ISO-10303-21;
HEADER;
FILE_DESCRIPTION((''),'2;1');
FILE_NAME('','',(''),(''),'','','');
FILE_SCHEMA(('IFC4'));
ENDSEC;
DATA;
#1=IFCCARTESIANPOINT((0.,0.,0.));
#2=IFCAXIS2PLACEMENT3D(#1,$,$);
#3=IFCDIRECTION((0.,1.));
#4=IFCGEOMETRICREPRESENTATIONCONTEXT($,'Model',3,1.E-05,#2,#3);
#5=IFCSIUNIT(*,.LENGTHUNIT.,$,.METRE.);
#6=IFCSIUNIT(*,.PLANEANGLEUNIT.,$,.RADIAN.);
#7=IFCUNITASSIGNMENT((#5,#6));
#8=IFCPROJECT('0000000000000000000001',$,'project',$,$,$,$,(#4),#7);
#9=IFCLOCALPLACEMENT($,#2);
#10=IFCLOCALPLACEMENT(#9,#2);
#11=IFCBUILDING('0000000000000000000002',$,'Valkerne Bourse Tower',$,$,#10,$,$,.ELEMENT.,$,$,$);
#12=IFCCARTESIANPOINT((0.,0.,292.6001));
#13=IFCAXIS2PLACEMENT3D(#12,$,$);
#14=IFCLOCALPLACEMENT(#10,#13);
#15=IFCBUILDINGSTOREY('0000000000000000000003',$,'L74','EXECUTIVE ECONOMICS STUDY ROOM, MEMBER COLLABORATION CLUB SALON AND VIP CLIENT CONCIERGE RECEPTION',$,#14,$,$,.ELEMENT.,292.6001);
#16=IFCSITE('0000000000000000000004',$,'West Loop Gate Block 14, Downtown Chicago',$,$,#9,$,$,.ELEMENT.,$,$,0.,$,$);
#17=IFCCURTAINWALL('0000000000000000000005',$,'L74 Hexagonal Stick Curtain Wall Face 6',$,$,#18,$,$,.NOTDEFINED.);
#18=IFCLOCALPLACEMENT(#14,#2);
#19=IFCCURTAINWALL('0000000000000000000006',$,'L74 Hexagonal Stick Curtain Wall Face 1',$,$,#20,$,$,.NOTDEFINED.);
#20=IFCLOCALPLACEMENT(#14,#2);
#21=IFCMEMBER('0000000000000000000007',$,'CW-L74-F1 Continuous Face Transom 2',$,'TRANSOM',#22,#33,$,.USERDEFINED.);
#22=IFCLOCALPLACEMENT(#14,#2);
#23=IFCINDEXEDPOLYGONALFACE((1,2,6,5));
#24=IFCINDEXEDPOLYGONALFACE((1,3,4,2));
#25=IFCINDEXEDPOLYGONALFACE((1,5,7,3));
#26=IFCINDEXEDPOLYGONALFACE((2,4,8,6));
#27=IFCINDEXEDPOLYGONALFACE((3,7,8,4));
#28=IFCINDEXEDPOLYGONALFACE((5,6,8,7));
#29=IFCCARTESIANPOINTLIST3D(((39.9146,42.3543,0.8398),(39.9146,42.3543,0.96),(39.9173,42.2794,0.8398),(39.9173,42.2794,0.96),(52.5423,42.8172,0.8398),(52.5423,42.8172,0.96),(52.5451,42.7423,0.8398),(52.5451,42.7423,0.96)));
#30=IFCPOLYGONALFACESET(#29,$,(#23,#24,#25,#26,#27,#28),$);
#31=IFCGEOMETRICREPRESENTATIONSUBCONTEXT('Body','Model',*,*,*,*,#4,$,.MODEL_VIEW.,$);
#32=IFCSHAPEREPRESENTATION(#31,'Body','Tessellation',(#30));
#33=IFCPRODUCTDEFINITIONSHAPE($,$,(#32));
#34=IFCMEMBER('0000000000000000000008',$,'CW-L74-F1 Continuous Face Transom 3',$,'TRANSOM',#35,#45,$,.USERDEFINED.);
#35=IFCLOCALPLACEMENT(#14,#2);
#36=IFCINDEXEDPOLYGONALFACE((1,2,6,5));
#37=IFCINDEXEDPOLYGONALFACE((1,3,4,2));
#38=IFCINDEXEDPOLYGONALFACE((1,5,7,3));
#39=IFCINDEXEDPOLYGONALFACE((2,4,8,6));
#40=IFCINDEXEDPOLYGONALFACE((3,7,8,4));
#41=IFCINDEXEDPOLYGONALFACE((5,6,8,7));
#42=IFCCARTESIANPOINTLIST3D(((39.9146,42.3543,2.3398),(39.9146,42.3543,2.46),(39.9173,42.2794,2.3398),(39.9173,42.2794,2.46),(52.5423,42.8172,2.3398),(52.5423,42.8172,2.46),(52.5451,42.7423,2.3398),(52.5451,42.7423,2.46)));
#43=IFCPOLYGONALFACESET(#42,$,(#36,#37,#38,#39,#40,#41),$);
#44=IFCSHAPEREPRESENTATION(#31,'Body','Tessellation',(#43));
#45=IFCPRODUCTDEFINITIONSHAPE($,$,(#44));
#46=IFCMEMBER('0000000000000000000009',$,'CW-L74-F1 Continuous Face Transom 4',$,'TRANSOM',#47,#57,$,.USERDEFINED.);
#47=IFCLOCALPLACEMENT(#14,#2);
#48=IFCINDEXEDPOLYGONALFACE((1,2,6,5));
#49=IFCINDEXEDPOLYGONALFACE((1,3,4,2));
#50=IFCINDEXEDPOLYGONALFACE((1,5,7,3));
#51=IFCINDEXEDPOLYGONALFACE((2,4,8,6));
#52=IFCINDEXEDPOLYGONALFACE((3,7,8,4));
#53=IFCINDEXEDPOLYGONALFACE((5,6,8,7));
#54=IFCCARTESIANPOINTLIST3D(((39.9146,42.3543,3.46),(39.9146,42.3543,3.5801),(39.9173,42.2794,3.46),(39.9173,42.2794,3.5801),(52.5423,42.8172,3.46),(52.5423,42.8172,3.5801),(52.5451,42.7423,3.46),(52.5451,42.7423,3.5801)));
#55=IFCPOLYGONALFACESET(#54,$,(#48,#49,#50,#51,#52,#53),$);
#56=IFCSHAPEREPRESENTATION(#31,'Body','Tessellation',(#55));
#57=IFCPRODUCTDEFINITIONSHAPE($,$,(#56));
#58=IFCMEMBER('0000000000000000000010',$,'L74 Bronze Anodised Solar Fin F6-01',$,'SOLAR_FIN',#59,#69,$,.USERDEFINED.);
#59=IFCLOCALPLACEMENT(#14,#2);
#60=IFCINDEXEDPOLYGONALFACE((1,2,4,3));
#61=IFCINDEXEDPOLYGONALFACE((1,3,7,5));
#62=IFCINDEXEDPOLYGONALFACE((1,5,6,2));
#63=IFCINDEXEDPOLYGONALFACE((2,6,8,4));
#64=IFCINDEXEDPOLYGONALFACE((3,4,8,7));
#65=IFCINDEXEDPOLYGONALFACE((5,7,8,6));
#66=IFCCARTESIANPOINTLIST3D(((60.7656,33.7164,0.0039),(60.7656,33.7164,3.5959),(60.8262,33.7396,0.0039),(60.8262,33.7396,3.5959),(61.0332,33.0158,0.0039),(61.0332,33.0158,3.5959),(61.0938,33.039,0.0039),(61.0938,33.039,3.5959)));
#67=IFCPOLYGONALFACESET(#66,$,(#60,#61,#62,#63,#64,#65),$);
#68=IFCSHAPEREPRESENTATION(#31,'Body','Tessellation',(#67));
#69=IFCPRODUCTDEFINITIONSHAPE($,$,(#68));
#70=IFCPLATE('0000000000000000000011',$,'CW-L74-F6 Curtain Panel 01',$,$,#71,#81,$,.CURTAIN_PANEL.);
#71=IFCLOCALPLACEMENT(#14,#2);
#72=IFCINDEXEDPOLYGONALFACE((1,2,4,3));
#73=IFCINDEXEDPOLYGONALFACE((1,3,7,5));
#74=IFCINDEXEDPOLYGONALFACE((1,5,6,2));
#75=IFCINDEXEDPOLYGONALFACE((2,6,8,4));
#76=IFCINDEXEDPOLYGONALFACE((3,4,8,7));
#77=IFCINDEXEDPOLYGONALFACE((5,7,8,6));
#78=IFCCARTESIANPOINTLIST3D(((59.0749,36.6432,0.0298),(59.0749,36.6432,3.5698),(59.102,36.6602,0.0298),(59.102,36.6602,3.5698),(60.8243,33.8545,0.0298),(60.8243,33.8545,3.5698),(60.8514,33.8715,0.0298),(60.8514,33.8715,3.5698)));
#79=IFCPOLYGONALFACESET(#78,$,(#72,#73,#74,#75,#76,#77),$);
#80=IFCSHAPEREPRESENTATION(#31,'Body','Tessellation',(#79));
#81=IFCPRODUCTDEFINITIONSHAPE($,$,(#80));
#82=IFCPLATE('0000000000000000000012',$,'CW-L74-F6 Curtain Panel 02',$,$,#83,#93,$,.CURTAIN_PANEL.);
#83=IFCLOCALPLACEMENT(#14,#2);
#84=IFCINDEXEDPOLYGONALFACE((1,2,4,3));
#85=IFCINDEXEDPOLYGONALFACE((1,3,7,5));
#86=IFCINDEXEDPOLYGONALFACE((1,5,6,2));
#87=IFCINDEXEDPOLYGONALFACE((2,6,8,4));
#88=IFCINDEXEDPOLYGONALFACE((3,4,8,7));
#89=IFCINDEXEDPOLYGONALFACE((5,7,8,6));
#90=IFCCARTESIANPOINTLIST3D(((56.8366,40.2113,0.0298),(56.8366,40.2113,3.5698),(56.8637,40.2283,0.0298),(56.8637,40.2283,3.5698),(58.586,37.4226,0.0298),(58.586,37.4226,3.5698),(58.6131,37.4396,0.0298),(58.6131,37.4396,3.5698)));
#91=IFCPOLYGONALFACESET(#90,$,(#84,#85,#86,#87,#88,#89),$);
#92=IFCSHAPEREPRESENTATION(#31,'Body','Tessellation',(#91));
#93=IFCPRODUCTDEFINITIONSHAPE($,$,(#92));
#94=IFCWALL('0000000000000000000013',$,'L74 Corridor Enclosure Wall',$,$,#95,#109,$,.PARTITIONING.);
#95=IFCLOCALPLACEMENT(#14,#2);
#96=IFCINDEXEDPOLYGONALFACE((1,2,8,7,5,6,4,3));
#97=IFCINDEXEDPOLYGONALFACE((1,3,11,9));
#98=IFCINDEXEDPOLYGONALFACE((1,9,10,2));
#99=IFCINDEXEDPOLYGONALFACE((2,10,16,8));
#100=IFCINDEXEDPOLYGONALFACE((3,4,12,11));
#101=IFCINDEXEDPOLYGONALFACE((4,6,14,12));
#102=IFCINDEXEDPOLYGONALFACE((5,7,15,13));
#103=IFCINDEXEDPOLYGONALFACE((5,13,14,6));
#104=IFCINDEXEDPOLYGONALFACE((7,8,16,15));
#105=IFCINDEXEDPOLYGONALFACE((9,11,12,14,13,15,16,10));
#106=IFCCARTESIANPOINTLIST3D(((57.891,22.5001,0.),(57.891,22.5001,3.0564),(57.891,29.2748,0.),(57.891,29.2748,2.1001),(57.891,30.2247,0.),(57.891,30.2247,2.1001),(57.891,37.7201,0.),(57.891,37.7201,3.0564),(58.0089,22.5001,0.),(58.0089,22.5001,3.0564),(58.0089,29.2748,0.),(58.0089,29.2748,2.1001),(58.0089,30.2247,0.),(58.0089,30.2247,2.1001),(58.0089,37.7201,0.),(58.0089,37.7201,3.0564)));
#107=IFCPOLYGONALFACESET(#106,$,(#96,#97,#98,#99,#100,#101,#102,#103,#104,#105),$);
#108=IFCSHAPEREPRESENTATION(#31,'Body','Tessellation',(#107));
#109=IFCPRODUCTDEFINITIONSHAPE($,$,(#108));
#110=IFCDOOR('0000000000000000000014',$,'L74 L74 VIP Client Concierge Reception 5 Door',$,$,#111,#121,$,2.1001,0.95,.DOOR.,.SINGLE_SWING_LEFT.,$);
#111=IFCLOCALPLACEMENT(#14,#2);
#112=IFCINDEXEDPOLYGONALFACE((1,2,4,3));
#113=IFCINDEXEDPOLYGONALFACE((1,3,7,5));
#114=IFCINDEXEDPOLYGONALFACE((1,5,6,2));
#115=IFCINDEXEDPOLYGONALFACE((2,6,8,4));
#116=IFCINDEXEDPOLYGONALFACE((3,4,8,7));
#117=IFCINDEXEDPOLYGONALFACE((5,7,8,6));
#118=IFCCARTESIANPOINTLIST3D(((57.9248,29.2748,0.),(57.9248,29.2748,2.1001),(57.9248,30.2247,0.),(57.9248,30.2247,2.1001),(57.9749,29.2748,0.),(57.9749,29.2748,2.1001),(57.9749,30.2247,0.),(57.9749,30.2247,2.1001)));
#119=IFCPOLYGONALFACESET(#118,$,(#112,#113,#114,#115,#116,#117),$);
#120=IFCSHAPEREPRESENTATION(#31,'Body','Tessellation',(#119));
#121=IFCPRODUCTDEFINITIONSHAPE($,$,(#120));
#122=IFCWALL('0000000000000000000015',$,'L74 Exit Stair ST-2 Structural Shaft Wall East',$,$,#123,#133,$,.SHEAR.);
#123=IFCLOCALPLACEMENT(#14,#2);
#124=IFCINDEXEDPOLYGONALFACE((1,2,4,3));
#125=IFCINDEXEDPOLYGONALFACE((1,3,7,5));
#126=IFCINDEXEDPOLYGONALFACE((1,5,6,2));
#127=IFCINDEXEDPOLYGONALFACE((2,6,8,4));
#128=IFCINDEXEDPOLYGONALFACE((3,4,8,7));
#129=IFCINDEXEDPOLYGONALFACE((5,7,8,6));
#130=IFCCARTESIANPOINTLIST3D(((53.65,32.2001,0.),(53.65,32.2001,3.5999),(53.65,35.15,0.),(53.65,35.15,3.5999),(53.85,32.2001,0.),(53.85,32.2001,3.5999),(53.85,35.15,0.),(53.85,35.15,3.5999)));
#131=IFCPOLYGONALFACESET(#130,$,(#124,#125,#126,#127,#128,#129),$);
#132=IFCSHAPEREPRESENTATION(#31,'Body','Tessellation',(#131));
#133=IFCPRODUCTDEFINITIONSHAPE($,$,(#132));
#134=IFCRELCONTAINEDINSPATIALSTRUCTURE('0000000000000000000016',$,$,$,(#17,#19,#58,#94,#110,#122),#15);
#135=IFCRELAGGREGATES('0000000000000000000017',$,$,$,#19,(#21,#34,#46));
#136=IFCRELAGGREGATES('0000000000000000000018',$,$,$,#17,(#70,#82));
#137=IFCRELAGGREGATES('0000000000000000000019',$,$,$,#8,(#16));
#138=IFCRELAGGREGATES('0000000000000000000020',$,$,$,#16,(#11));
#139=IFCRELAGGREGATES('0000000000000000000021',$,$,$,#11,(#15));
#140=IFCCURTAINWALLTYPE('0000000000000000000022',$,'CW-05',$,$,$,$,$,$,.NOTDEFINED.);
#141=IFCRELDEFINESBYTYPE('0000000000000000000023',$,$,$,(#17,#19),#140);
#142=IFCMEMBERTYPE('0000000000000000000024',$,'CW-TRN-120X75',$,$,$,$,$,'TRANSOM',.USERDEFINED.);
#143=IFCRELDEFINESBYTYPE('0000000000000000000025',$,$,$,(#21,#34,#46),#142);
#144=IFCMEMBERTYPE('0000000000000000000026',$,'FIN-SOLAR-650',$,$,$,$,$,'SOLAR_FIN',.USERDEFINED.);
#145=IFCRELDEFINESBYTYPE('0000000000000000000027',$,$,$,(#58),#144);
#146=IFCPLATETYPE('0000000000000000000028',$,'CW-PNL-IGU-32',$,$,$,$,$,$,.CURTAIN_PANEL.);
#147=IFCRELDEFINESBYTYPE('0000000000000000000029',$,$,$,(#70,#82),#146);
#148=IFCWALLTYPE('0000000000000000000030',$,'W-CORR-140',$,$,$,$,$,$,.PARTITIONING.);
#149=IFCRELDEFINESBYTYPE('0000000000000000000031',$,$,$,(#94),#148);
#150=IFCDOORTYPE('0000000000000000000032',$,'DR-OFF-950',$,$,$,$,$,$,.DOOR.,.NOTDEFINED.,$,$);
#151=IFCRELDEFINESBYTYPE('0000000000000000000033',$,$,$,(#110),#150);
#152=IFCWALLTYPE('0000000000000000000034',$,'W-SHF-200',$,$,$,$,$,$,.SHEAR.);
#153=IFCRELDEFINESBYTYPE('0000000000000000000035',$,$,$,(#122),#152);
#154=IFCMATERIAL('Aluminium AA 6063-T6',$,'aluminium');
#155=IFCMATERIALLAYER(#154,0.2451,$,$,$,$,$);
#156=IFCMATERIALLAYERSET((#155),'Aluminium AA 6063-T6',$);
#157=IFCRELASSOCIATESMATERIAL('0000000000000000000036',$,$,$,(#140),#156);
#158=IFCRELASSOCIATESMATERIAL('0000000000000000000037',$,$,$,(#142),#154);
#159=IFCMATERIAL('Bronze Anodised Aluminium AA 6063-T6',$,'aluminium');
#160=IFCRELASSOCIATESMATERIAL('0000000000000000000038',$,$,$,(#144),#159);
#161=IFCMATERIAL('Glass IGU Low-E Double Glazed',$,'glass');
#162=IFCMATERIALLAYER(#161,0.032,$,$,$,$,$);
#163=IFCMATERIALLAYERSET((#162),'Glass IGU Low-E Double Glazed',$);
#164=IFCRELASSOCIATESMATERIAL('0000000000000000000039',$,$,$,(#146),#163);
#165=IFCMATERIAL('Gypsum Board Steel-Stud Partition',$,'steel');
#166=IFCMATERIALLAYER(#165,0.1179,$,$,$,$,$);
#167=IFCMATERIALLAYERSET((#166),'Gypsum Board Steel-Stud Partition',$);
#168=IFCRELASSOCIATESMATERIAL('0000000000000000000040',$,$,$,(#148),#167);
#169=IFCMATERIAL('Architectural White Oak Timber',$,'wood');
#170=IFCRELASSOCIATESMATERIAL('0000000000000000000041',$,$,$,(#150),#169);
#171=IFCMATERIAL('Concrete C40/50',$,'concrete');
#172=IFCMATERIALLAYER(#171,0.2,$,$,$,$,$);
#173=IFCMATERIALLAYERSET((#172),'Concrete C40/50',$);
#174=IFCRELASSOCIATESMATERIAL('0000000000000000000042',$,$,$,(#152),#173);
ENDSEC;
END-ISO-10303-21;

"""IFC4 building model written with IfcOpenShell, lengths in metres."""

from ifc_helpers import new_model, si_unit, direction, frame, frame_2d, origin, origin_2d, place, context, subcontext, project, spatial, rectangle, extrude, material, layer, layer_set, material_profile, profile_set, type_object, element, fill, aggregate, save


model = new_model("IFC4")

# Units and contexts
model_context = context("Model", 3, precision=1e-05, world=origin(), true_north=direction((0.0, 1.0)))
body_context = subcontext(model_context, "Body", "Model", "MODEL_VIEW")
ifc_project = project(units=[si_unit("LENGTHUNIT", "METRE"), si_unit("PLANEANGLEUNIT", "RADIAN")], contexts=[model_context])

# Site, building, storey
site_placement = place(None, origin())
site = spatial("IfcSite", under=ifc_project, at=site_placement, Name="West Loop Gate Block 14, Downtown Chicago", CompositionType="ELEMENT", RefElevation=0.0)
building_placement = place(site_placement, origin())
building = spatial("IfcBuilding", under=site, at=building_placement, Name="Valkerne Bourse Tower", CompositionType="ELEMENT")
storey_placement = place(building_placement, frame((0.0, 0.0, 292.6001)))
storey = spatial("IfcBuildingStorey", under=building, at=storey_placement, Name="L74", Description="EXECUTIVE ECONOMICS STUDY ROOM, MEMBER COLLABORATION CLUB SALON AND VIP CLIENT CONCIERGE RECEPTION", CompositionType="ELEMENT", Elevation=292.6001)

# Curtain walls, members
ifc_material_1 = material(Name="Aluminium AA 6063-T6", Category="aluminium")
ifc_layer_1 = layer(ifc_material_1, 0.2451)
ifc_layer_set_1 = layer_set([ifc_layer_1], Name="Aluminium AA 6063-T6")
curtain_wall_type = type_object("IfcCurtainWallType", Name="CW-05", PredefinedType="NOTDEFINED", material=ifc_layer_set_1)
curtain_wall_1_placement = place(storey_placement, origin())
curtain_wall_1 = element("IfcCurtainWall", 1, at=curtain_wall_1_placement, inside=storey, type_object=curtain_wall_type, Name="L74 Hexagonal Stick Curtain Wall Face 6", PredefinedType="NOTDEFINED")
curtain_wall_2_placement = place(storey_placement, origin())
curtain_wall_2 = element("IfcCurtainWall", 2, at=curtain_wall_2_placement, inside=storey, type_object=curtain_wall_type, Name="L74 Hexagonal Stick Curtain Wall Face 1", PredefinedType="NOTDEFINED")
ifc_material_profile_1 = material_profile(ifc_material_1, rectangle(XDim=0.075, YDim=0.1201, at=origin_2d()), Name="CWT-75X120")
ifc_profile_set_1 = profile_set([ifc_material_profile_1], Name="Aluminium AA 6063-T6")
member_type_1 = type_object("IfcMemberType", Name="CW-TRN-120X75", ElementType="TRANSOM", PredefinedType="USERDEFINED", material=ifc_profile_set_1)
member_1_placement = place(storey_placement, frame((52.5437, 42.7798, 0.8999), z_axis=(-0.999329, -0.036632, 0.0), x_axis=(0.036632, -0.999329, 0.0)))
member_1 = element("IfcMember", 3, at=member_1_placement, type_object=member_type_1, Name="CW-L74-F1 Continuous Face Transom 2", ObjectType="TRANSOM", PredefinedType="USERDEFINED", context=body_context, shape_type="SweptSolid", body=[
    extrude(rectangle(XDim=0.075, YDim=0.1201, at=origin_2d()), origin(), (0.0, 0.0, 1.0), 12.6362),
])
member_2_placement = place(storey_placement, frame((52.5437, 42.7798, 2.3999), z_axis=(-0.999329, -0.036632, 0.0), x_axis=(0.036632, -0.999329, 0.0)))
member_2 = element("IfcMember", 4, at=member_2_placement, type_object=member_type_1, Name="CW-L74-F1 Continuous Face Transom 3", ObjectType="TRANSOM", PredefinedType="USERDEFINED", context=body_context, shape_type="SweptSolid", body=[
    extrude(rectangle(XDim=0.075, YDim=0.1201, at=origin_2d()), origin(), (0.0, 0.0, 1.0), 12.6362),
])
member_3_placement = place(storey_placement, frame((52.5437, 42.7798, 3.52), z_axis=(-0.999329, -0.036632, 0.0), x_axis=(0.036632, -0.999329, 0.0)))
member_3 = element("IfcMember", 5, at=member_3_placement, type_object=member_type_1, Name="CW-L74-F1 Continuous Face Transom 4", ObjectType="TRANSOM", PredefinedType="USERDEFINED", context=body_context, shape_type="SweptSolid", body=[
    extrude(rectangle(XDim=0.075, YDim=0.1201, at=origin_2d()), origin(), (0.0, 0.0, 1.0), 12.6362),
])
aggregate(curtain_wall_2, [member_1, member_2, member_3])

# Member
ifc_material_2 = material(Name="Bronze Anodised Aluminium AA 6063-T6", Category="aluminium")
ifc_material_profile_2 = material_profile(ifc_material_2, rectangle(XDim=0.0649, YDim=0.75, at=origin_2d()), Name="FIN-65X750")
ifc_profile_set_2 = profile_set([ifc_material_profile_2], Name="Bronze Anodised Aluminium AA 6063-T6")
member_type_2 = type_object("IfcMemberType", Name="FIN-SOLAR-650", ElementType="SOLAR_FIN", PredefinedType="USERDEFINED", material=ifc_profile_set_2)
member_4_placement = place(storey_placement, frame((60.9297, 33.3777, 0.0039), z_axis=(0.0, 0.0, 1.0), x_axis=(0.934177, 0.35681, 0.0)))
element("IfcMember", 6, at=member_4_placement, inside=storey, type_object=member_type_2, Name="L74 Bronze Anodised Solar Fin F6-01", ObjectType="SOLAR_FIN", PredefinedType="USERDEFINED", context=body_context, shape_type="SweptSolid", body=[
    extrude(rectangle(XDim=0.0649, YDim=0.75, at=origin_2d()), origin(), (0.0, 0.0, 1.0), 3.592),
])

# Plates
ifc_material_3 = material(Name="Glass IGU Low-E Double Glazed", Category="glass")
ifc_layer_2 = layer(ifc_material_3, 0.032)
ifc_layer_set_2 = layer_set([ifc_layer_2], Name="Glass IGU Low-E Double Glazed")
plate_type = type_object("IfcPlateType", Name="CW-PNL-IGU-32", PredefinedType="CURTAIN_PANEL", material=ifc_layer_set_2)
plate_1_placement = place(storey_placement, frame((59.9631, 35.2573, 0.0298), z_axis=(0.0, 0.0, 1.0), x_axis=(-0.531398, 0.847122, 0.0)))
plate_1 = element("IfcPlate", 7, at=plate_1_placement, type_object=plate_type, Name="CW-L74-F6 Curtain Panel 01", PredefinedType="CURTAIN_PANEL", context=body_context, shape_type="SweptSolid", body=[
    extrude(rectangle(XDim=3.292, YDim=0.032, at=origin_2d()), origin(), (0.0, 0.0, 1.0), 3.54),
])
plate_2_placement = place(storey_placement, frame((57.7249, 38.8254, 0.0298), z_axis=(0.0, 0.0, 1.0), x_axis=(-0.531405, 0.847118, 0.0)))
plate_2 = element("IfcPlate", 8, at=plate_2_placement, type_object=plate_type, Name="CW-L74-F6 Curtain Panel 02", PredefinedType="CURTAIN_PANEL", context=body_context, shape_type="SweptSolid", body=[
    extrude(rectangle(XDim=3.292, YDim=0.032, at=origin_2d()), origin(), (0.0, 0.0, 1.0), 3.54),
])
aggregate(curtain_wall_1, [plate_1, plate_2])

# Wall, opening, door
ifc_material_4 = material(Name="Gypsum Board Steel-Stud Partition", Category="steel")
ifc_layer_3 = layer(ifc_material_4, 0.1179)
ifc_layer_set_3 = layer_set([ifc_layer_3], Name="Gypsum Board Steel-Stud Partition")
wall_type_1 = type_object("IfcWallType", Name="W-CORR-140", PredefinedType="PARTITIONING", material=ifc_layer_set_3)
wall_1_placement = place(storey_placement, frame((57.95, 37.72, 0.0), z_axis=(0.0, 0.0, 1.0), x_axis=(0.0, -1.0, 0.0)))
wall_1 = element("IfcWall", 9, at=wall_1_placement, inside=storey, type_object=wall_type_1, Name="L74 Corridor Enclosure Wall", PredefinedType="PARTITIONING", context=body_context, shape_type="SweptSolid", body=[
    extrude(rectangle(XDim=15.22, YDim=0.1179, at=frame_2d((7.6099, 0.0))), origin(), (0.0, 0.0, 1.0), 3.0564),
])
opening_placement = place(wall_1_placement, frame((7.4951, 0.0, 0.0)))
opening = element("IfcOpeningElement", 10, at=opening_placement, cuts=wall_1, PredefinedType="OPENING", context=body_context, shape_type="SweptSolid", body=[
    extrude(rectangle(XDim=0.95, YDim=2.1001, at=frame_2d((0.4751, 1.05))), frame((0.0, 0.0688, 0.0), z_axis=(0.0, -1.0, 0.0), x_axis=(1.0, 0.0, 0.0)), (0.0, 0.0, 1.0), 0.1379),
])
ifc_material_5 = material(Name="Architectural White Oak Timber", Category="wood")
door_type = type_object("IfcDoorType", Name="DR-OFF-950", OperationType="NOTDEFINED", PredefinedType="DOOR", material=ifc_material_5)
door_placement = place(opening_placement, origin())
door = element("IfcDoor", 11, at=door_placement, inside=storey, type_object=door_type, Name="L74 L74 VIP Client Concierge Reception 5 Door", OperationType="SINGLE_SWING_LEFT", OverallHeight=2.1001, OverallWidth=0.95, PredefinedType="DOOR", context=body_context, shape_type="SweptSolid", body=[
    extrude(rectangle(XDim=0.95, YDim=2.1001, at=frame_2d((0.4751, 1.05))), frame((0.0, 0.0249, 0.0), z_axis=(0.0, -1.0, 0.0), x_axis=(1.0, 0.0, 0.0)), (0.0, 0.0, 1.0), 0.05),
])
fill(opening, door)

# Wall
ifc_material_6 = material(Name="Concrete C40/50", Category="concrete")
ifc_layer_4 = layer(ifc_material_6, 0.2)
ifc_layer_set_4 = layer_set([ifc_layer_4], Name="Concrete C40/50")
wall_type_2 = type_object("IfcWallType", Name="W-SHF-200", PredefinedType="SHEAR", material=ifc_layer_set_4)
wall_2_placement = place(storey_placement, frame((53.75, 32.2, 0.0), z_axis=(0.0, 0.0, 1.0), x_axis=(0.0, 1.0, 0.0)))
element("IfcWall", 12, at=wall_2_placement, inside=storey, type_object=wall_type_2, Name="L74 Exit Stair ST-2 Structural Shaft Wall East", PredefinedType="SHEAR", context=body_context, shape_type="SweptSolid", body=[
    extrude(rectangle(XDim=2.95, YDim=0.2, at=frame_2d((1.4751, 0.0))), origin(), (0.0, 0.0, 1.0), 3.5999),
])

save(model, "model.ifc")
